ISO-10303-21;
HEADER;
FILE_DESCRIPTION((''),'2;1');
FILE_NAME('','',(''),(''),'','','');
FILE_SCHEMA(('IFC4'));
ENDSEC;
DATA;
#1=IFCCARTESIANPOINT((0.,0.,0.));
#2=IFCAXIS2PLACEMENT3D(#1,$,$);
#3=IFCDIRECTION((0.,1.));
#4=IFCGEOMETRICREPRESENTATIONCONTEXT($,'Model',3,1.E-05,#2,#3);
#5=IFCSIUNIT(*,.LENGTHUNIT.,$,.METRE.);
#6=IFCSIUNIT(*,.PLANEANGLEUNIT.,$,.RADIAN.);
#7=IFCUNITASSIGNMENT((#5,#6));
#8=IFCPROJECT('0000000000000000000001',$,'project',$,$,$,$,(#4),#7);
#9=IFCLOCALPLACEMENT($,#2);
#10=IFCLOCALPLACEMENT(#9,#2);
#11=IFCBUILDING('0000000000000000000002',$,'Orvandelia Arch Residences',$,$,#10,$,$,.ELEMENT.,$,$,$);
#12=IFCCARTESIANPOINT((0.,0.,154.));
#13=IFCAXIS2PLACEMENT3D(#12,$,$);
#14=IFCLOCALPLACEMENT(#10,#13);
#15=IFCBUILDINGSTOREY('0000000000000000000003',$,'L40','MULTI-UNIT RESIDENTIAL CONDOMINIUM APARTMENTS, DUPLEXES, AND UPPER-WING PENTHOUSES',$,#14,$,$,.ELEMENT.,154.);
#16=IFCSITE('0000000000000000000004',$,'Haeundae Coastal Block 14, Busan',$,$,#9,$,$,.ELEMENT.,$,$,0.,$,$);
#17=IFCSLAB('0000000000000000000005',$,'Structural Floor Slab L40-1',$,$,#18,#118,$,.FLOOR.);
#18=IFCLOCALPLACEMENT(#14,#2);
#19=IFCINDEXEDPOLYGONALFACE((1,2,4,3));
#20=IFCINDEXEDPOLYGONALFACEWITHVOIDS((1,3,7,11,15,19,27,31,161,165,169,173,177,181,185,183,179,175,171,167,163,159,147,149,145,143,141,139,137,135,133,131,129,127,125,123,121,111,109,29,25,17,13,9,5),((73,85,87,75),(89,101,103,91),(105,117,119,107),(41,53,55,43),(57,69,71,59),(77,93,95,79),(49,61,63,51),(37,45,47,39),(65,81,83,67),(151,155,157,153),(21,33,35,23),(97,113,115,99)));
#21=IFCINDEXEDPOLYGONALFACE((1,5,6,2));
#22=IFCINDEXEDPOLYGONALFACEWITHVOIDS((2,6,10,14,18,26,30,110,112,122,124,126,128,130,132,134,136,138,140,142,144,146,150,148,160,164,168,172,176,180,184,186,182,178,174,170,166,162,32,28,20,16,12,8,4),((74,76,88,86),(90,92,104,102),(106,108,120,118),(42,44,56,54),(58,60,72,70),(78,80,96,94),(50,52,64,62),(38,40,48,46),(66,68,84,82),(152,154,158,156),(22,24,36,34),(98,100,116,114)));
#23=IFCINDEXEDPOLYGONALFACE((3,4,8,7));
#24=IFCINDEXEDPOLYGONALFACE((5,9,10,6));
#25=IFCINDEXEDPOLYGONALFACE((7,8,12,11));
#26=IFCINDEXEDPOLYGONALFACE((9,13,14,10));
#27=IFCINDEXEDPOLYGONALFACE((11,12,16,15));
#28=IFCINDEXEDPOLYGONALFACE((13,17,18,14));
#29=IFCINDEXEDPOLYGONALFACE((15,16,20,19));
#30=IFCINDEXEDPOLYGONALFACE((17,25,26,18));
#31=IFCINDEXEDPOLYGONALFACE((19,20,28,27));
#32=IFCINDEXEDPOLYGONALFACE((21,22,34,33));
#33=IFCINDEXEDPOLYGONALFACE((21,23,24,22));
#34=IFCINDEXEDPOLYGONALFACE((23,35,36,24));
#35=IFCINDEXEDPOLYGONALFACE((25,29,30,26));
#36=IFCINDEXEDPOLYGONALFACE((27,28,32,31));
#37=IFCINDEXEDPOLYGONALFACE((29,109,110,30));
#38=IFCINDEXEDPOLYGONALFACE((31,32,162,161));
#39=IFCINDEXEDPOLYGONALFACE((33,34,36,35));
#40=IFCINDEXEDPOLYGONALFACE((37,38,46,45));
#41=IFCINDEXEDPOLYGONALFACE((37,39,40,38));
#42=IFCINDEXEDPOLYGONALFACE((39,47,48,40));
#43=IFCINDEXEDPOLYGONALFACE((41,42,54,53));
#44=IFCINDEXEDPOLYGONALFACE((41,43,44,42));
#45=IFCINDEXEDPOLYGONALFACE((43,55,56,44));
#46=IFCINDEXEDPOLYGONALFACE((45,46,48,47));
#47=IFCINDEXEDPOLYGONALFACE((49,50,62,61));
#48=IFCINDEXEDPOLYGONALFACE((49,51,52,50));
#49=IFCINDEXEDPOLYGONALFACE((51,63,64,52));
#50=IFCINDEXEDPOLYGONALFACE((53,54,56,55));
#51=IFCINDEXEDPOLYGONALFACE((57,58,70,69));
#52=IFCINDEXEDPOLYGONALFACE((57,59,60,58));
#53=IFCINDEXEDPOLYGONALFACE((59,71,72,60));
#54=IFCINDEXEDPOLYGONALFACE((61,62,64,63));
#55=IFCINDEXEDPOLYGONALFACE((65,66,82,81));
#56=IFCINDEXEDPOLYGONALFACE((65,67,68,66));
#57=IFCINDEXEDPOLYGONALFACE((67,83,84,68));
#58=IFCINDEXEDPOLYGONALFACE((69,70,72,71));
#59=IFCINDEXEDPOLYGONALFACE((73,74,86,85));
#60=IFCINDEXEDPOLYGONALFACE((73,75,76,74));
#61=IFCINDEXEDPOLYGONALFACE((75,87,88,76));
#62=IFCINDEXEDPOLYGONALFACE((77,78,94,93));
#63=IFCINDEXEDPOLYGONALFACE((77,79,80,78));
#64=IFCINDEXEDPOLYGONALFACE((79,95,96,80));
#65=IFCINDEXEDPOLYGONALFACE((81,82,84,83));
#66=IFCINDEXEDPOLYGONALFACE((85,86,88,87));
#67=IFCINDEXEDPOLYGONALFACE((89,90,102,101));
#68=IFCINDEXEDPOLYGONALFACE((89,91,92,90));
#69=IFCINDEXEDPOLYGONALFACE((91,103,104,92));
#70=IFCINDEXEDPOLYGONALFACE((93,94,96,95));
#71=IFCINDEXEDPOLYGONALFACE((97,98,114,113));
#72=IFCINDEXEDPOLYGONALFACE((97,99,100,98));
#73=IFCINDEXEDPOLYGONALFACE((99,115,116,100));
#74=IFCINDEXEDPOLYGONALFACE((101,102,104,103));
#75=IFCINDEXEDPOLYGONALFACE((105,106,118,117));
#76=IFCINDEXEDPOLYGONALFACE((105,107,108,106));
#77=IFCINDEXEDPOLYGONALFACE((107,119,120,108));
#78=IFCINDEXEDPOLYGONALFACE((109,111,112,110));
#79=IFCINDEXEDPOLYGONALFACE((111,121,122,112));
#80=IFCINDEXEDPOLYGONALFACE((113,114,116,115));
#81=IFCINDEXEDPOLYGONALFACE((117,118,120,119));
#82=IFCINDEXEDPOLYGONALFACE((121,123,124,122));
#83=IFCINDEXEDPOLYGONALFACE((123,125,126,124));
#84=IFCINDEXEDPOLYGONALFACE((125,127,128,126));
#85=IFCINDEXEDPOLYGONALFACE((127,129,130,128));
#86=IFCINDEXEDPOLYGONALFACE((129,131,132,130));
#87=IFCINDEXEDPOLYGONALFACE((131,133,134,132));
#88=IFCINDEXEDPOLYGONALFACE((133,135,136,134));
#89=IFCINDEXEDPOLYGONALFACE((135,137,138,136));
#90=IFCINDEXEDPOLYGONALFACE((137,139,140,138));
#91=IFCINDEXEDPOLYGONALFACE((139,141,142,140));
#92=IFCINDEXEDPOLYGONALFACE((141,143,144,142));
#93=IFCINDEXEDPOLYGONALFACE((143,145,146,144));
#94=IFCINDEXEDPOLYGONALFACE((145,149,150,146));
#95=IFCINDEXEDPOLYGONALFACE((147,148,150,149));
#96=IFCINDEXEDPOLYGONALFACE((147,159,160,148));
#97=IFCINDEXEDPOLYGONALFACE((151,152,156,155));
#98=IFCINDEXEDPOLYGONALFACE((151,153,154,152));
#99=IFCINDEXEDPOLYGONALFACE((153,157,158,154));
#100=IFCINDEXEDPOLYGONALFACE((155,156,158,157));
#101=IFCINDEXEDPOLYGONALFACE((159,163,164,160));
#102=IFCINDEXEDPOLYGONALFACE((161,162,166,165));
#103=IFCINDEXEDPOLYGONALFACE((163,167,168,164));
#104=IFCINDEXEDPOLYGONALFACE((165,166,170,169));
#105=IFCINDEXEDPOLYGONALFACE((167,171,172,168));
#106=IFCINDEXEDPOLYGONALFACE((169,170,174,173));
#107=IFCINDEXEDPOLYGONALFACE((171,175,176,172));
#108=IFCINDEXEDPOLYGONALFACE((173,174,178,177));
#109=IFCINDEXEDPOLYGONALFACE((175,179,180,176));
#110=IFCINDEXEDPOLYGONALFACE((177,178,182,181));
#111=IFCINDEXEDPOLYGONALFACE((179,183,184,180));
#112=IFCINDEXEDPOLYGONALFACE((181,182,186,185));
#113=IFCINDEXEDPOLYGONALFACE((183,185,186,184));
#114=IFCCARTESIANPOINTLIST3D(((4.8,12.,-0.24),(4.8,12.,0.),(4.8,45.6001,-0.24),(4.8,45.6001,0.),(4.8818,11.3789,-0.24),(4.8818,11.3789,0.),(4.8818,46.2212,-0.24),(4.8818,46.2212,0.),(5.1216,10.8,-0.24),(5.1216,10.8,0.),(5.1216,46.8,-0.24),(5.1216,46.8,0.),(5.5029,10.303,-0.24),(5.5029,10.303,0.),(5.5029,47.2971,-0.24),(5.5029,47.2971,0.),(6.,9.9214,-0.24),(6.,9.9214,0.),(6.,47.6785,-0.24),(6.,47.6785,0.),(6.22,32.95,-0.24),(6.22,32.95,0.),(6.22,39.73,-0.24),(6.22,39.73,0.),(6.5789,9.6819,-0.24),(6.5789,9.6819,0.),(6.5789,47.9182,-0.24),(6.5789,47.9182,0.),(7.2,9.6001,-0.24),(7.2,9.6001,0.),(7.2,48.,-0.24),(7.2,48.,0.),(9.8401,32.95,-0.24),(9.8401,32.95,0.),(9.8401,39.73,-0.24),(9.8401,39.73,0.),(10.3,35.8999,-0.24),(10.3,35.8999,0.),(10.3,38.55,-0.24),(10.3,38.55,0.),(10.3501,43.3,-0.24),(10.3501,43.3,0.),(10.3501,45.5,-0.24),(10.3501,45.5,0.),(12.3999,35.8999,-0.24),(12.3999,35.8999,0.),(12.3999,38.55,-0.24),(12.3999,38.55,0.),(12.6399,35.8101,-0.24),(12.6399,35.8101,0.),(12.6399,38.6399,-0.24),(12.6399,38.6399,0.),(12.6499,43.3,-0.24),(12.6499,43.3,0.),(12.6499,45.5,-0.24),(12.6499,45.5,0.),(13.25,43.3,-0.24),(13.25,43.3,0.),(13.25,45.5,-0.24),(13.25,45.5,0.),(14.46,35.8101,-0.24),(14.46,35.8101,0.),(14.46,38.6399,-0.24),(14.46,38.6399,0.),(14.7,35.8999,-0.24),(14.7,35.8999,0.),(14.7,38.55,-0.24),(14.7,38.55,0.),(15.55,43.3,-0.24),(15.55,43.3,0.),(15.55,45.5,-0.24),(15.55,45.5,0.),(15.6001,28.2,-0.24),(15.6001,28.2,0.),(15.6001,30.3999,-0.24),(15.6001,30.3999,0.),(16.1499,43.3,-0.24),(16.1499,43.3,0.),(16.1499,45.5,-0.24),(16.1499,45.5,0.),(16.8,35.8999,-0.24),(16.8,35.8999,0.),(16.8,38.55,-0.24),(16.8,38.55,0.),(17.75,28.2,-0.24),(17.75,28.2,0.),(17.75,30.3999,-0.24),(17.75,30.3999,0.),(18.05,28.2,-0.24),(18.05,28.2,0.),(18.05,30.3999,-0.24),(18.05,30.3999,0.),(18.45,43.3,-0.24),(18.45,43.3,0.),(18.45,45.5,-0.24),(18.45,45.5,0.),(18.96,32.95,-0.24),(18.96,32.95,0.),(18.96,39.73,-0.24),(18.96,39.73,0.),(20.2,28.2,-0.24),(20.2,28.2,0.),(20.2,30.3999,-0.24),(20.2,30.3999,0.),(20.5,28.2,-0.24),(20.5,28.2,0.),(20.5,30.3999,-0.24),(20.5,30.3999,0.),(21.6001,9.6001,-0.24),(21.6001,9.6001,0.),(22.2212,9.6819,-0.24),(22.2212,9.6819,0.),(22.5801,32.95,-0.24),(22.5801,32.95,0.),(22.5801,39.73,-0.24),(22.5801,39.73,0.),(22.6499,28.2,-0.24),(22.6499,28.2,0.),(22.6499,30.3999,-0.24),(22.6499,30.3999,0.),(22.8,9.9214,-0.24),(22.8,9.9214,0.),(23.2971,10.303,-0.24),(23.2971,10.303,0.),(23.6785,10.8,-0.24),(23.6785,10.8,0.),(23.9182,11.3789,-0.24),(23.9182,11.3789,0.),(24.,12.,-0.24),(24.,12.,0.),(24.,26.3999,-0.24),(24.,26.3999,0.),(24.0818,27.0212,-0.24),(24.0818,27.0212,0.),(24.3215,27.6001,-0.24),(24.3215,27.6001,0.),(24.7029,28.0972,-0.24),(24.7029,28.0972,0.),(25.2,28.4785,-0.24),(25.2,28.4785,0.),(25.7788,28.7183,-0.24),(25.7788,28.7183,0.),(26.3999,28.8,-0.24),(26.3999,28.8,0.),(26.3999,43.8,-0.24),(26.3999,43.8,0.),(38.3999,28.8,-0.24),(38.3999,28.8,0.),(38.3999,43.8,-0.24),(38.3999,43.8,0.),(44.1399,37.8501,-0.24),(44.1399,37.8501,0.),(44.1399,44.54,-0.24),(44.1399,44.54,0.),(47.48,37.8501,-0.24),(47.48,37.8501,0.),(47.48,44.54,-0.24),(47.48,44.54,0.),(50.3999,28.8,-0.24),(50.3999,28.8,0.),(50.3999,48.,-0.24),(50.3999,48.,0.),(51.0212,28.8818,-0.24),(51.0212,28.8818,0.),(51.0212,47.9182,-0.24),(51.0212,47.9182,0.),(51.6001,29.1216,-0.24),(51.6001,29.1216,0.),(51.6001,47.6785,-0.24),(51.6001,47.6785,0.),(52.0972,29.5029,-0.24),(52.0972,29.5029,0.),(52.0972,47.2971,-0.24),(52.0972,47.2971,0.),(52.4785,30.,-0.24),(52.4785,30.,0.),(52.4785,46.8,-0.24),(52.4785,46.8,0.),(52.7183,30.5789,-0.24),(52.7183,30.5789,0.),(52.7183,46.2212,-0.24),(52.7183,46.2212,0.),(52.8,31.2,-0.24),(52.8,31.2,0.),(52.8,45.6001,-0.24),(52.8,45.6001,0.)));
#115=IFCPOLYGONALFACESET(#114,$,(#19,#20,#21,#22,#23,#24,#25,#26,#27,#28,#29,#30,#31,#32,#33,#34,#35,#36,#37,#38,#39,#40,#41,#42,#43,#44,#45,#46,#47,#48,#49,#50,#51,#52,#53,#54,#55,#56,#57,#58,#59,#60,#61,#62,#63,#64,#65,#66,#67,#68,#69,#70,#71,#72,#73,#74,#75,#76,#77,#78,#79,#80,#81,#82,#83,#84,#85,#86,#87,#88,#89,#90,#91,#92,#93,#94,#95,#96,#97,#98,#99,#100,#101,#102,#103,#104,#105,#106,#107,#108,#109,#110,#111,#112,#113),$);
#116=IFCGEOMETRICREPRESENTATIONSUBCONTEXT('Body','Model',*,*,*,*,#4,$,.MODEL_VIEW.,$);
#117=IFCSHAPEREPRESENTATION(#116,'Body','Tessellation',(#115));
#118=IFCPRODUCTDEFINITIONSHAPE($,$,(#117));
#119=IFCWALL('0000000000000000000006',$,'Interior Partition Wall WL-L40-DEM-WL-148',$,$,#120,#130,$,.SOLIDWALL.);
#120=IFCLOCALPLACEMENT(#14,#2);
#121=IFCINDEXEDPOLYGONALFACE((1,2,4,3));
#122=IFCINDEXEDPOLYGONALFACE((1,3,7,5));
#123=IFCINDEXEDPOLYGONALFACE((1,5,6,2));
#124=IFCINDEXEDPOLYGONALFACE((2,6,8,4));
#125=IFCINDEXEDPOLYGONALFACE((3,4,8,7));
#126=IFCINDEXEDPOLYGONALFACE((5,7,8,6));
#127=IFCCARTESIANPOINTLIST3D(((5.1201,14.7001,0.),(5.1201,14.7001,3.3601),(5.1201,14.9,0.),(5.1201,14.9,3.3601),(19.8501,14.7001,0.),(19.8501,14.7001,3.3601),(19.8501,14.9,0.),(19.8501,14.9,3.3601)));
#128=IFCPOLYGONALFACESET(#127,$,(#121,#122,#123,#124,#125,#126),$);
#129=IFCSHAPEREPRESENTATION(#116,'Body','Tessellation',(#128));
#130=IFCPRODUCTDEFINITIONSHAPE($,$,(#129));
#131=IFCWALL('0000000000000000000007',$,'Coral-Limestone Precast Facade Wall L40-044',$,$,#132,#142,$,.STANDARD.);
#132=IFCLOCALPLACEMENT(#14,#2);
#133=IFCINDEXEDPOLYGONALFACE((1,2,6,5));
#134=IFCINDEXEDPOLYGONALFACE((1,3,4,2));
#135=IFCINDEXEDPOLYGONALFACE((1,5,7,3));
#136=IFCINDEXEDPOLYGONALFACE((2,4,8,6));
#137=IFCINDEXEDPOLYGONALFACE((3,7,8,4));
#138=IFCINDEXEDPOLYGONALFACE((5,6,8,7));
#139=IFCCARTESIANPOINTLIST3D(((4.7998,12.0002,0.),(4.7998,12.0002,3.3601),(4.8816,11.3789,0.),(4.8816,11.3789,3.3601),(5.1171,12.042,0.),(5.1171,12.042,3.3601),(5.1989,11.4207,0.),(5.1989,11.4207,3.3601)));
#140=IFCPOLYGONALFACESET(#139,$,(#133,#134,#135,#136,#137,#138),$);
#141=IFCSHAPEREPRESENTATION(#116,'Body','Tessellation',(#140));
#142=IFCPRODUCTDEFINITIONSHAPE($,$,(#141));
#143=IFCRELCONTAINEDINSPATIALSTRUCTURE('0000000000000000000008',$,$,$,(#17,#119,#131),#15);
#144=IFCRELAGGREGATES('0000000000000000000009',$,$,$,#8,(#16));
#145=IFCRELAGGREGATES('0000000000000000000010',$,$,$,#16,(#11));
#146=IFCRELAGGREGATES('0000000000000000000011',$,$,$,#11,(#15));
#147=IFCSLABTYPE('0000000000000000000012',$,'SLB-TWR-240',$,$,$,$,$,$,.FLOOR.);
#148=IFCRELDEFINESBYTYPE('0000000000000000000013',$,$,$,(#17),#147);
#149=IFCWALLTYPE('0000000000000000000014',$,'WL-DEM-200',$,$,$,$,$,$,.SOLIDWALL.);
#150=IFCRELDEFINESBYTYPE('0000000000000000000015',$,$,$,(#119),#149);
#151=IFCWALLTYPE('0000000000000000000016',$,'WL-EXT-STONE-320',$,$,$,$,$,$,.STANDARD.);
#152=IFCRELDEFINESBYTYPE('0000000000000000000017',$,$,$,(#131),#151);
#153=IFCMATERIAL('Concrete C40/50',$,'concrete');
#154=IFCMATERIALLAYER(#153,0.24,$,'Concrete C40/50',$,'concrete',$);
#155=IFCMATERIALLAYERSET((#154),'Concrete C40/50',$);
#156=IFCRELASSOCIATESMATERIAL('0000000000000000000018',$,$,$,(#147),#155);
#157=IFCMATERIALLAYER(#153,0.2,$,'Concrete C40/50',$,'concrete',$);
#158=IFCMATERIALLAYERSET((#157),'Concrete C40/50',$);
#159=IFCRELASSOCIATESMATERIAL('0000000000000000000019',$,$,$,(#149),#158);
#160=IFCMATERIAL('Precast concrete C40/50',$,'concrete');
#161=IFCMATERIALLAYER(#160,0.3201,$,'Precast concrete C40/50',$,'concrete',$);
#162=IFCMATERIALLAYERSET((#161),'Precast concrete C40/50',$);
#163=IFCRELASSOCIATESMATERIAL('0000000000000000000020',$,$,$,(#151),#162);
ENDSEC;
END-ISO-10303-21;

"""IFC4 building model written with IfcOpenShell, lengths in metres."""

from ifc_helpers import new_model, si_unit, direction, frame, frame_2d, origin, place, context, subcontext, project, spatial, polyline, rectangle, outline, extrude, material, layer, layer_set, type_object, element, save


model = new_model("IFC4")

# Units and contexts
model_context = context("Model", 3, precision=1e-05, world=origin(), true_north=direction((0.0, 1.0)))
body_context = subcontext(model_context, "Body", "Model", "MODEL_VIEW")
ifc_project = project(units=[si_unit("LENGTHUNIT", "METRE"), si_unit("PLANEANGLEUNIT", "RADIAN")], contexts=[model_context])

# Site, building, storey
site_placement = place(None, origin())
site = spatial("IfcSite", under=ifc_project, at=site_placement, Name="Haeundae Coastal Block 14, Busan", CompositionType="ELEMENT", RefElevation=0.0)
building_placement = place(site_placement, origin())
building = spatial("IfcBuilding", under=site, at=building_placement, Name="Orvandelia Arch Residences", CompositionType="ELEMENT")
storey_placement = place(building_placement, frame((0.0, 0.0, 154.0)))
storey = spatial("IfcBuildingStorey", under=building, at=storey_placement, Name="L40", Description="MULTI-UNIT RESIDENTIAL CONDOMINIUM APARTMENTS, DUPLEXES, AND UPPER-WING PENTHOUSES", CompositionType="ELEMENT", Elevation=154.0)

# Shared definitions
ifc_material_1 = material(Name="Precast concrete C40/50", Category="concrete")

# Shared definitions
ifc_material_2 = material(Name="Concrete C40/50", Category="concrete")

# Slab
ifc_layer_1 = layer(ifc_material_2, 0.24, Name="Concrete C40/50", Category="concrete")
ifc_layer_set_1 = layer_set([ifc_layer_1], Name="Concrete C40/50")
slab_type_1 = type_object("IfcSlabType", Name="SLB-TWR-240", PredefinedType="FLOOR", material=ifc_layer_set_1)
slab_1_placement = place(storey_placement, frame((0.0, 0.0, -0.24)))
element("IfcSlab", 1, at=slab_1_placement, inside=storey, type_object=slab_type_1, Name="Structural Floor Slab L40-1", PredefinedType="FLOOR", context=body_context, shape_type="SweptSolid", body=[
    extrude(outline(polyline([(4.8, 12.0), (4.8818, 11.3789), (5.1216, 10.8), (5.5029, 10.303), (6.0, 9.9214), (6.5789, 9.6819), (7.2, 9.6001), (21.6001, 9.6001), (22.2212, 9.6819), (22.8, 9.9214), (23.2971, 10.303), (23.6785, 10.8), (23.9182, 11.3789), (24.0, 12.0), (24.0, 26.3999), (24.0818, 27.0212), (24.3215, 27.6001), (24.7029, 28.0972), (25.2, 28.4785), (25.7788, 28.7183), (26.3999, 28.8), (26.3999, 43.8), (38.3999, 43.8), (38.3999, 28.8), (50.3999, 28.8), (51.0212, 28.8818), (51.6001, 29.1216), (52.0972, 29.5029), (52.4785, 30.0), (52.7183, 30.5789), (52.8, 31.2), (52.8, 45.6001), (52.7183, 46.2212), (52.4785, 46.8), (52.0972, 47.2971), (51.6001, 47.6785), (51.0212, 47.9182), (50.3999, 48.0), (7.2, 48.0), (6.5789, 47.9182), (6.0, 47.6785), (5.5029, 47.2971), (5.1216, 46.8), (4.8818, 46.2212), (4.8, 45.6001), (4.8, 12.0)]), holes=[polyline([(6.22, 32.95), (9.8401, 32.95), (9.8401, 39.73), (6.22, 39.73), (6.22, 32.95)]), polyline([(18.96, 32.95), (22.5801, 32.95), (22.5801, 39.73), (18.96, 39.73), (18.96, 32.95)]), polyline([(44.1399, 37.8501), (47.48, 37.8501), (47.48, 44.54), (44.1399, 44.54), (44.1399, 37.8501)]), polyline([(12.6399, 35.8101), (14.46, 35.8101), (14.46, 38.6399), (12.6399, 38.6399), (12.6399, 35.8101)]), polyline([(10.3, 35.8999), (12.3999, 35.8999), (12.3999, 38.55), (10.3, 38.55), (10.3, 35.8999)]), polyline([(14.7, 35.8999), (16.8, 35.8999), (16.8, 38.55), (14.7, 38.55), (14.7, 35.8999)]), polyline([(10.3501, 43.3), (12.6499, 43.3), (12.6499, 45.5), (10.3501, 45.5), (10.3501, 43.3)]), polyline([(13.25, 43.3), (15.55, 43.3), (15.55, 45.5), (13.25, 45.5), (13.25, 43.3)]), polyline([(16.1499, 43.3), (18.45, 43.3), (18.45, 45.5), (16.1499, 45.5), (16.1499, 43.3)]), polyline([(15.6001, 28.2), (17.75, 28.2), (17.75, 30.3999), (15.6001, 30.3999), (15.6001, 28.2)]), polyline([(18.05, 28.2), (20.2, 28.2), (20.2, 30.3999), (18.05, 30.3999), (18.05, 28.2)]), polyline([(20.5, 28.2), (22.6499, 28.2), (22.6499, 30.3999), (20.5, 30.3999), (20.5, 28.2)])]), origin(), (0.0, 0.0, 1.0), 0.24),
])

# Walls
ifc_layer_2 = layer(ifc_material_2, 0.2, Name="Concrete C40/50", Category="concrete")
ifc_layer_set_2 = layer_set([ifc_layer_2], Name="Concrete C40/50")
wall_type_1 = type_object("IfcWallType", Name="WL-DEM-200", PredefinedType="SOLIDWALL", material=ifc_layer_set_2)
wall_1_placement = place(storey_placement, frame((5.1201, 14.8, 0.0), z_axis=(0.0, 0.0, 1.0), x_axis=(1.0, 0.0, 0.0)))
element("IfcWall", 2, at=wall_1_placement, inside=storey, type_object=wall_type_1, Name="Interior Partition Wall WL-L40-DEM-WL-148", PredefinedType="SOLIDWALL", context=body_context, shape_type="SweptSolid", body=[
    extrude(rectangle(XDim=14.73, YDim=0.2, at=frame_2d((7.365, 0.0))), origin(), (0.0, 0.0, 1.0), 3.3601),
])
ifc_layer_3 = layer(ifc_material_1, 0.3201, Name="Precast concrete C40/50", Category="concrete")
ifc_layer_set_3 = layer_set([ifc_layer_3], Name="Precast concrete C40/50")
wall_type_2 = type_object("IfcWallType", Name="WL-EXT-STONE-320", PredefinedType="STANDARD", material=ifc_layer_set_3)
wall_2_placement = place(storey_placement, frame((5.0403, 11.3997, 0.0), z_axis=(0.0, 0.0, 1.0), x_axis=(-0.130505, 0.991448, 0.0)))
element("IfcWall", 3, at=wall_2_placement, inside=storey, type_object=wall_type_2, Name="Coral-Limestone Precast Facade Wall L40-044", PredefinedType="STANDARD", context=body_context, shape_type="SweptSolid", body=[
    extrude(rectangle(XDim=0.6267, YDim=0.3201, at=frame_2d((0.3135, 0.0))), origin(), (0.0, 0.0, 1.0), 3.3601),
])

save(model, "model.ifc")
